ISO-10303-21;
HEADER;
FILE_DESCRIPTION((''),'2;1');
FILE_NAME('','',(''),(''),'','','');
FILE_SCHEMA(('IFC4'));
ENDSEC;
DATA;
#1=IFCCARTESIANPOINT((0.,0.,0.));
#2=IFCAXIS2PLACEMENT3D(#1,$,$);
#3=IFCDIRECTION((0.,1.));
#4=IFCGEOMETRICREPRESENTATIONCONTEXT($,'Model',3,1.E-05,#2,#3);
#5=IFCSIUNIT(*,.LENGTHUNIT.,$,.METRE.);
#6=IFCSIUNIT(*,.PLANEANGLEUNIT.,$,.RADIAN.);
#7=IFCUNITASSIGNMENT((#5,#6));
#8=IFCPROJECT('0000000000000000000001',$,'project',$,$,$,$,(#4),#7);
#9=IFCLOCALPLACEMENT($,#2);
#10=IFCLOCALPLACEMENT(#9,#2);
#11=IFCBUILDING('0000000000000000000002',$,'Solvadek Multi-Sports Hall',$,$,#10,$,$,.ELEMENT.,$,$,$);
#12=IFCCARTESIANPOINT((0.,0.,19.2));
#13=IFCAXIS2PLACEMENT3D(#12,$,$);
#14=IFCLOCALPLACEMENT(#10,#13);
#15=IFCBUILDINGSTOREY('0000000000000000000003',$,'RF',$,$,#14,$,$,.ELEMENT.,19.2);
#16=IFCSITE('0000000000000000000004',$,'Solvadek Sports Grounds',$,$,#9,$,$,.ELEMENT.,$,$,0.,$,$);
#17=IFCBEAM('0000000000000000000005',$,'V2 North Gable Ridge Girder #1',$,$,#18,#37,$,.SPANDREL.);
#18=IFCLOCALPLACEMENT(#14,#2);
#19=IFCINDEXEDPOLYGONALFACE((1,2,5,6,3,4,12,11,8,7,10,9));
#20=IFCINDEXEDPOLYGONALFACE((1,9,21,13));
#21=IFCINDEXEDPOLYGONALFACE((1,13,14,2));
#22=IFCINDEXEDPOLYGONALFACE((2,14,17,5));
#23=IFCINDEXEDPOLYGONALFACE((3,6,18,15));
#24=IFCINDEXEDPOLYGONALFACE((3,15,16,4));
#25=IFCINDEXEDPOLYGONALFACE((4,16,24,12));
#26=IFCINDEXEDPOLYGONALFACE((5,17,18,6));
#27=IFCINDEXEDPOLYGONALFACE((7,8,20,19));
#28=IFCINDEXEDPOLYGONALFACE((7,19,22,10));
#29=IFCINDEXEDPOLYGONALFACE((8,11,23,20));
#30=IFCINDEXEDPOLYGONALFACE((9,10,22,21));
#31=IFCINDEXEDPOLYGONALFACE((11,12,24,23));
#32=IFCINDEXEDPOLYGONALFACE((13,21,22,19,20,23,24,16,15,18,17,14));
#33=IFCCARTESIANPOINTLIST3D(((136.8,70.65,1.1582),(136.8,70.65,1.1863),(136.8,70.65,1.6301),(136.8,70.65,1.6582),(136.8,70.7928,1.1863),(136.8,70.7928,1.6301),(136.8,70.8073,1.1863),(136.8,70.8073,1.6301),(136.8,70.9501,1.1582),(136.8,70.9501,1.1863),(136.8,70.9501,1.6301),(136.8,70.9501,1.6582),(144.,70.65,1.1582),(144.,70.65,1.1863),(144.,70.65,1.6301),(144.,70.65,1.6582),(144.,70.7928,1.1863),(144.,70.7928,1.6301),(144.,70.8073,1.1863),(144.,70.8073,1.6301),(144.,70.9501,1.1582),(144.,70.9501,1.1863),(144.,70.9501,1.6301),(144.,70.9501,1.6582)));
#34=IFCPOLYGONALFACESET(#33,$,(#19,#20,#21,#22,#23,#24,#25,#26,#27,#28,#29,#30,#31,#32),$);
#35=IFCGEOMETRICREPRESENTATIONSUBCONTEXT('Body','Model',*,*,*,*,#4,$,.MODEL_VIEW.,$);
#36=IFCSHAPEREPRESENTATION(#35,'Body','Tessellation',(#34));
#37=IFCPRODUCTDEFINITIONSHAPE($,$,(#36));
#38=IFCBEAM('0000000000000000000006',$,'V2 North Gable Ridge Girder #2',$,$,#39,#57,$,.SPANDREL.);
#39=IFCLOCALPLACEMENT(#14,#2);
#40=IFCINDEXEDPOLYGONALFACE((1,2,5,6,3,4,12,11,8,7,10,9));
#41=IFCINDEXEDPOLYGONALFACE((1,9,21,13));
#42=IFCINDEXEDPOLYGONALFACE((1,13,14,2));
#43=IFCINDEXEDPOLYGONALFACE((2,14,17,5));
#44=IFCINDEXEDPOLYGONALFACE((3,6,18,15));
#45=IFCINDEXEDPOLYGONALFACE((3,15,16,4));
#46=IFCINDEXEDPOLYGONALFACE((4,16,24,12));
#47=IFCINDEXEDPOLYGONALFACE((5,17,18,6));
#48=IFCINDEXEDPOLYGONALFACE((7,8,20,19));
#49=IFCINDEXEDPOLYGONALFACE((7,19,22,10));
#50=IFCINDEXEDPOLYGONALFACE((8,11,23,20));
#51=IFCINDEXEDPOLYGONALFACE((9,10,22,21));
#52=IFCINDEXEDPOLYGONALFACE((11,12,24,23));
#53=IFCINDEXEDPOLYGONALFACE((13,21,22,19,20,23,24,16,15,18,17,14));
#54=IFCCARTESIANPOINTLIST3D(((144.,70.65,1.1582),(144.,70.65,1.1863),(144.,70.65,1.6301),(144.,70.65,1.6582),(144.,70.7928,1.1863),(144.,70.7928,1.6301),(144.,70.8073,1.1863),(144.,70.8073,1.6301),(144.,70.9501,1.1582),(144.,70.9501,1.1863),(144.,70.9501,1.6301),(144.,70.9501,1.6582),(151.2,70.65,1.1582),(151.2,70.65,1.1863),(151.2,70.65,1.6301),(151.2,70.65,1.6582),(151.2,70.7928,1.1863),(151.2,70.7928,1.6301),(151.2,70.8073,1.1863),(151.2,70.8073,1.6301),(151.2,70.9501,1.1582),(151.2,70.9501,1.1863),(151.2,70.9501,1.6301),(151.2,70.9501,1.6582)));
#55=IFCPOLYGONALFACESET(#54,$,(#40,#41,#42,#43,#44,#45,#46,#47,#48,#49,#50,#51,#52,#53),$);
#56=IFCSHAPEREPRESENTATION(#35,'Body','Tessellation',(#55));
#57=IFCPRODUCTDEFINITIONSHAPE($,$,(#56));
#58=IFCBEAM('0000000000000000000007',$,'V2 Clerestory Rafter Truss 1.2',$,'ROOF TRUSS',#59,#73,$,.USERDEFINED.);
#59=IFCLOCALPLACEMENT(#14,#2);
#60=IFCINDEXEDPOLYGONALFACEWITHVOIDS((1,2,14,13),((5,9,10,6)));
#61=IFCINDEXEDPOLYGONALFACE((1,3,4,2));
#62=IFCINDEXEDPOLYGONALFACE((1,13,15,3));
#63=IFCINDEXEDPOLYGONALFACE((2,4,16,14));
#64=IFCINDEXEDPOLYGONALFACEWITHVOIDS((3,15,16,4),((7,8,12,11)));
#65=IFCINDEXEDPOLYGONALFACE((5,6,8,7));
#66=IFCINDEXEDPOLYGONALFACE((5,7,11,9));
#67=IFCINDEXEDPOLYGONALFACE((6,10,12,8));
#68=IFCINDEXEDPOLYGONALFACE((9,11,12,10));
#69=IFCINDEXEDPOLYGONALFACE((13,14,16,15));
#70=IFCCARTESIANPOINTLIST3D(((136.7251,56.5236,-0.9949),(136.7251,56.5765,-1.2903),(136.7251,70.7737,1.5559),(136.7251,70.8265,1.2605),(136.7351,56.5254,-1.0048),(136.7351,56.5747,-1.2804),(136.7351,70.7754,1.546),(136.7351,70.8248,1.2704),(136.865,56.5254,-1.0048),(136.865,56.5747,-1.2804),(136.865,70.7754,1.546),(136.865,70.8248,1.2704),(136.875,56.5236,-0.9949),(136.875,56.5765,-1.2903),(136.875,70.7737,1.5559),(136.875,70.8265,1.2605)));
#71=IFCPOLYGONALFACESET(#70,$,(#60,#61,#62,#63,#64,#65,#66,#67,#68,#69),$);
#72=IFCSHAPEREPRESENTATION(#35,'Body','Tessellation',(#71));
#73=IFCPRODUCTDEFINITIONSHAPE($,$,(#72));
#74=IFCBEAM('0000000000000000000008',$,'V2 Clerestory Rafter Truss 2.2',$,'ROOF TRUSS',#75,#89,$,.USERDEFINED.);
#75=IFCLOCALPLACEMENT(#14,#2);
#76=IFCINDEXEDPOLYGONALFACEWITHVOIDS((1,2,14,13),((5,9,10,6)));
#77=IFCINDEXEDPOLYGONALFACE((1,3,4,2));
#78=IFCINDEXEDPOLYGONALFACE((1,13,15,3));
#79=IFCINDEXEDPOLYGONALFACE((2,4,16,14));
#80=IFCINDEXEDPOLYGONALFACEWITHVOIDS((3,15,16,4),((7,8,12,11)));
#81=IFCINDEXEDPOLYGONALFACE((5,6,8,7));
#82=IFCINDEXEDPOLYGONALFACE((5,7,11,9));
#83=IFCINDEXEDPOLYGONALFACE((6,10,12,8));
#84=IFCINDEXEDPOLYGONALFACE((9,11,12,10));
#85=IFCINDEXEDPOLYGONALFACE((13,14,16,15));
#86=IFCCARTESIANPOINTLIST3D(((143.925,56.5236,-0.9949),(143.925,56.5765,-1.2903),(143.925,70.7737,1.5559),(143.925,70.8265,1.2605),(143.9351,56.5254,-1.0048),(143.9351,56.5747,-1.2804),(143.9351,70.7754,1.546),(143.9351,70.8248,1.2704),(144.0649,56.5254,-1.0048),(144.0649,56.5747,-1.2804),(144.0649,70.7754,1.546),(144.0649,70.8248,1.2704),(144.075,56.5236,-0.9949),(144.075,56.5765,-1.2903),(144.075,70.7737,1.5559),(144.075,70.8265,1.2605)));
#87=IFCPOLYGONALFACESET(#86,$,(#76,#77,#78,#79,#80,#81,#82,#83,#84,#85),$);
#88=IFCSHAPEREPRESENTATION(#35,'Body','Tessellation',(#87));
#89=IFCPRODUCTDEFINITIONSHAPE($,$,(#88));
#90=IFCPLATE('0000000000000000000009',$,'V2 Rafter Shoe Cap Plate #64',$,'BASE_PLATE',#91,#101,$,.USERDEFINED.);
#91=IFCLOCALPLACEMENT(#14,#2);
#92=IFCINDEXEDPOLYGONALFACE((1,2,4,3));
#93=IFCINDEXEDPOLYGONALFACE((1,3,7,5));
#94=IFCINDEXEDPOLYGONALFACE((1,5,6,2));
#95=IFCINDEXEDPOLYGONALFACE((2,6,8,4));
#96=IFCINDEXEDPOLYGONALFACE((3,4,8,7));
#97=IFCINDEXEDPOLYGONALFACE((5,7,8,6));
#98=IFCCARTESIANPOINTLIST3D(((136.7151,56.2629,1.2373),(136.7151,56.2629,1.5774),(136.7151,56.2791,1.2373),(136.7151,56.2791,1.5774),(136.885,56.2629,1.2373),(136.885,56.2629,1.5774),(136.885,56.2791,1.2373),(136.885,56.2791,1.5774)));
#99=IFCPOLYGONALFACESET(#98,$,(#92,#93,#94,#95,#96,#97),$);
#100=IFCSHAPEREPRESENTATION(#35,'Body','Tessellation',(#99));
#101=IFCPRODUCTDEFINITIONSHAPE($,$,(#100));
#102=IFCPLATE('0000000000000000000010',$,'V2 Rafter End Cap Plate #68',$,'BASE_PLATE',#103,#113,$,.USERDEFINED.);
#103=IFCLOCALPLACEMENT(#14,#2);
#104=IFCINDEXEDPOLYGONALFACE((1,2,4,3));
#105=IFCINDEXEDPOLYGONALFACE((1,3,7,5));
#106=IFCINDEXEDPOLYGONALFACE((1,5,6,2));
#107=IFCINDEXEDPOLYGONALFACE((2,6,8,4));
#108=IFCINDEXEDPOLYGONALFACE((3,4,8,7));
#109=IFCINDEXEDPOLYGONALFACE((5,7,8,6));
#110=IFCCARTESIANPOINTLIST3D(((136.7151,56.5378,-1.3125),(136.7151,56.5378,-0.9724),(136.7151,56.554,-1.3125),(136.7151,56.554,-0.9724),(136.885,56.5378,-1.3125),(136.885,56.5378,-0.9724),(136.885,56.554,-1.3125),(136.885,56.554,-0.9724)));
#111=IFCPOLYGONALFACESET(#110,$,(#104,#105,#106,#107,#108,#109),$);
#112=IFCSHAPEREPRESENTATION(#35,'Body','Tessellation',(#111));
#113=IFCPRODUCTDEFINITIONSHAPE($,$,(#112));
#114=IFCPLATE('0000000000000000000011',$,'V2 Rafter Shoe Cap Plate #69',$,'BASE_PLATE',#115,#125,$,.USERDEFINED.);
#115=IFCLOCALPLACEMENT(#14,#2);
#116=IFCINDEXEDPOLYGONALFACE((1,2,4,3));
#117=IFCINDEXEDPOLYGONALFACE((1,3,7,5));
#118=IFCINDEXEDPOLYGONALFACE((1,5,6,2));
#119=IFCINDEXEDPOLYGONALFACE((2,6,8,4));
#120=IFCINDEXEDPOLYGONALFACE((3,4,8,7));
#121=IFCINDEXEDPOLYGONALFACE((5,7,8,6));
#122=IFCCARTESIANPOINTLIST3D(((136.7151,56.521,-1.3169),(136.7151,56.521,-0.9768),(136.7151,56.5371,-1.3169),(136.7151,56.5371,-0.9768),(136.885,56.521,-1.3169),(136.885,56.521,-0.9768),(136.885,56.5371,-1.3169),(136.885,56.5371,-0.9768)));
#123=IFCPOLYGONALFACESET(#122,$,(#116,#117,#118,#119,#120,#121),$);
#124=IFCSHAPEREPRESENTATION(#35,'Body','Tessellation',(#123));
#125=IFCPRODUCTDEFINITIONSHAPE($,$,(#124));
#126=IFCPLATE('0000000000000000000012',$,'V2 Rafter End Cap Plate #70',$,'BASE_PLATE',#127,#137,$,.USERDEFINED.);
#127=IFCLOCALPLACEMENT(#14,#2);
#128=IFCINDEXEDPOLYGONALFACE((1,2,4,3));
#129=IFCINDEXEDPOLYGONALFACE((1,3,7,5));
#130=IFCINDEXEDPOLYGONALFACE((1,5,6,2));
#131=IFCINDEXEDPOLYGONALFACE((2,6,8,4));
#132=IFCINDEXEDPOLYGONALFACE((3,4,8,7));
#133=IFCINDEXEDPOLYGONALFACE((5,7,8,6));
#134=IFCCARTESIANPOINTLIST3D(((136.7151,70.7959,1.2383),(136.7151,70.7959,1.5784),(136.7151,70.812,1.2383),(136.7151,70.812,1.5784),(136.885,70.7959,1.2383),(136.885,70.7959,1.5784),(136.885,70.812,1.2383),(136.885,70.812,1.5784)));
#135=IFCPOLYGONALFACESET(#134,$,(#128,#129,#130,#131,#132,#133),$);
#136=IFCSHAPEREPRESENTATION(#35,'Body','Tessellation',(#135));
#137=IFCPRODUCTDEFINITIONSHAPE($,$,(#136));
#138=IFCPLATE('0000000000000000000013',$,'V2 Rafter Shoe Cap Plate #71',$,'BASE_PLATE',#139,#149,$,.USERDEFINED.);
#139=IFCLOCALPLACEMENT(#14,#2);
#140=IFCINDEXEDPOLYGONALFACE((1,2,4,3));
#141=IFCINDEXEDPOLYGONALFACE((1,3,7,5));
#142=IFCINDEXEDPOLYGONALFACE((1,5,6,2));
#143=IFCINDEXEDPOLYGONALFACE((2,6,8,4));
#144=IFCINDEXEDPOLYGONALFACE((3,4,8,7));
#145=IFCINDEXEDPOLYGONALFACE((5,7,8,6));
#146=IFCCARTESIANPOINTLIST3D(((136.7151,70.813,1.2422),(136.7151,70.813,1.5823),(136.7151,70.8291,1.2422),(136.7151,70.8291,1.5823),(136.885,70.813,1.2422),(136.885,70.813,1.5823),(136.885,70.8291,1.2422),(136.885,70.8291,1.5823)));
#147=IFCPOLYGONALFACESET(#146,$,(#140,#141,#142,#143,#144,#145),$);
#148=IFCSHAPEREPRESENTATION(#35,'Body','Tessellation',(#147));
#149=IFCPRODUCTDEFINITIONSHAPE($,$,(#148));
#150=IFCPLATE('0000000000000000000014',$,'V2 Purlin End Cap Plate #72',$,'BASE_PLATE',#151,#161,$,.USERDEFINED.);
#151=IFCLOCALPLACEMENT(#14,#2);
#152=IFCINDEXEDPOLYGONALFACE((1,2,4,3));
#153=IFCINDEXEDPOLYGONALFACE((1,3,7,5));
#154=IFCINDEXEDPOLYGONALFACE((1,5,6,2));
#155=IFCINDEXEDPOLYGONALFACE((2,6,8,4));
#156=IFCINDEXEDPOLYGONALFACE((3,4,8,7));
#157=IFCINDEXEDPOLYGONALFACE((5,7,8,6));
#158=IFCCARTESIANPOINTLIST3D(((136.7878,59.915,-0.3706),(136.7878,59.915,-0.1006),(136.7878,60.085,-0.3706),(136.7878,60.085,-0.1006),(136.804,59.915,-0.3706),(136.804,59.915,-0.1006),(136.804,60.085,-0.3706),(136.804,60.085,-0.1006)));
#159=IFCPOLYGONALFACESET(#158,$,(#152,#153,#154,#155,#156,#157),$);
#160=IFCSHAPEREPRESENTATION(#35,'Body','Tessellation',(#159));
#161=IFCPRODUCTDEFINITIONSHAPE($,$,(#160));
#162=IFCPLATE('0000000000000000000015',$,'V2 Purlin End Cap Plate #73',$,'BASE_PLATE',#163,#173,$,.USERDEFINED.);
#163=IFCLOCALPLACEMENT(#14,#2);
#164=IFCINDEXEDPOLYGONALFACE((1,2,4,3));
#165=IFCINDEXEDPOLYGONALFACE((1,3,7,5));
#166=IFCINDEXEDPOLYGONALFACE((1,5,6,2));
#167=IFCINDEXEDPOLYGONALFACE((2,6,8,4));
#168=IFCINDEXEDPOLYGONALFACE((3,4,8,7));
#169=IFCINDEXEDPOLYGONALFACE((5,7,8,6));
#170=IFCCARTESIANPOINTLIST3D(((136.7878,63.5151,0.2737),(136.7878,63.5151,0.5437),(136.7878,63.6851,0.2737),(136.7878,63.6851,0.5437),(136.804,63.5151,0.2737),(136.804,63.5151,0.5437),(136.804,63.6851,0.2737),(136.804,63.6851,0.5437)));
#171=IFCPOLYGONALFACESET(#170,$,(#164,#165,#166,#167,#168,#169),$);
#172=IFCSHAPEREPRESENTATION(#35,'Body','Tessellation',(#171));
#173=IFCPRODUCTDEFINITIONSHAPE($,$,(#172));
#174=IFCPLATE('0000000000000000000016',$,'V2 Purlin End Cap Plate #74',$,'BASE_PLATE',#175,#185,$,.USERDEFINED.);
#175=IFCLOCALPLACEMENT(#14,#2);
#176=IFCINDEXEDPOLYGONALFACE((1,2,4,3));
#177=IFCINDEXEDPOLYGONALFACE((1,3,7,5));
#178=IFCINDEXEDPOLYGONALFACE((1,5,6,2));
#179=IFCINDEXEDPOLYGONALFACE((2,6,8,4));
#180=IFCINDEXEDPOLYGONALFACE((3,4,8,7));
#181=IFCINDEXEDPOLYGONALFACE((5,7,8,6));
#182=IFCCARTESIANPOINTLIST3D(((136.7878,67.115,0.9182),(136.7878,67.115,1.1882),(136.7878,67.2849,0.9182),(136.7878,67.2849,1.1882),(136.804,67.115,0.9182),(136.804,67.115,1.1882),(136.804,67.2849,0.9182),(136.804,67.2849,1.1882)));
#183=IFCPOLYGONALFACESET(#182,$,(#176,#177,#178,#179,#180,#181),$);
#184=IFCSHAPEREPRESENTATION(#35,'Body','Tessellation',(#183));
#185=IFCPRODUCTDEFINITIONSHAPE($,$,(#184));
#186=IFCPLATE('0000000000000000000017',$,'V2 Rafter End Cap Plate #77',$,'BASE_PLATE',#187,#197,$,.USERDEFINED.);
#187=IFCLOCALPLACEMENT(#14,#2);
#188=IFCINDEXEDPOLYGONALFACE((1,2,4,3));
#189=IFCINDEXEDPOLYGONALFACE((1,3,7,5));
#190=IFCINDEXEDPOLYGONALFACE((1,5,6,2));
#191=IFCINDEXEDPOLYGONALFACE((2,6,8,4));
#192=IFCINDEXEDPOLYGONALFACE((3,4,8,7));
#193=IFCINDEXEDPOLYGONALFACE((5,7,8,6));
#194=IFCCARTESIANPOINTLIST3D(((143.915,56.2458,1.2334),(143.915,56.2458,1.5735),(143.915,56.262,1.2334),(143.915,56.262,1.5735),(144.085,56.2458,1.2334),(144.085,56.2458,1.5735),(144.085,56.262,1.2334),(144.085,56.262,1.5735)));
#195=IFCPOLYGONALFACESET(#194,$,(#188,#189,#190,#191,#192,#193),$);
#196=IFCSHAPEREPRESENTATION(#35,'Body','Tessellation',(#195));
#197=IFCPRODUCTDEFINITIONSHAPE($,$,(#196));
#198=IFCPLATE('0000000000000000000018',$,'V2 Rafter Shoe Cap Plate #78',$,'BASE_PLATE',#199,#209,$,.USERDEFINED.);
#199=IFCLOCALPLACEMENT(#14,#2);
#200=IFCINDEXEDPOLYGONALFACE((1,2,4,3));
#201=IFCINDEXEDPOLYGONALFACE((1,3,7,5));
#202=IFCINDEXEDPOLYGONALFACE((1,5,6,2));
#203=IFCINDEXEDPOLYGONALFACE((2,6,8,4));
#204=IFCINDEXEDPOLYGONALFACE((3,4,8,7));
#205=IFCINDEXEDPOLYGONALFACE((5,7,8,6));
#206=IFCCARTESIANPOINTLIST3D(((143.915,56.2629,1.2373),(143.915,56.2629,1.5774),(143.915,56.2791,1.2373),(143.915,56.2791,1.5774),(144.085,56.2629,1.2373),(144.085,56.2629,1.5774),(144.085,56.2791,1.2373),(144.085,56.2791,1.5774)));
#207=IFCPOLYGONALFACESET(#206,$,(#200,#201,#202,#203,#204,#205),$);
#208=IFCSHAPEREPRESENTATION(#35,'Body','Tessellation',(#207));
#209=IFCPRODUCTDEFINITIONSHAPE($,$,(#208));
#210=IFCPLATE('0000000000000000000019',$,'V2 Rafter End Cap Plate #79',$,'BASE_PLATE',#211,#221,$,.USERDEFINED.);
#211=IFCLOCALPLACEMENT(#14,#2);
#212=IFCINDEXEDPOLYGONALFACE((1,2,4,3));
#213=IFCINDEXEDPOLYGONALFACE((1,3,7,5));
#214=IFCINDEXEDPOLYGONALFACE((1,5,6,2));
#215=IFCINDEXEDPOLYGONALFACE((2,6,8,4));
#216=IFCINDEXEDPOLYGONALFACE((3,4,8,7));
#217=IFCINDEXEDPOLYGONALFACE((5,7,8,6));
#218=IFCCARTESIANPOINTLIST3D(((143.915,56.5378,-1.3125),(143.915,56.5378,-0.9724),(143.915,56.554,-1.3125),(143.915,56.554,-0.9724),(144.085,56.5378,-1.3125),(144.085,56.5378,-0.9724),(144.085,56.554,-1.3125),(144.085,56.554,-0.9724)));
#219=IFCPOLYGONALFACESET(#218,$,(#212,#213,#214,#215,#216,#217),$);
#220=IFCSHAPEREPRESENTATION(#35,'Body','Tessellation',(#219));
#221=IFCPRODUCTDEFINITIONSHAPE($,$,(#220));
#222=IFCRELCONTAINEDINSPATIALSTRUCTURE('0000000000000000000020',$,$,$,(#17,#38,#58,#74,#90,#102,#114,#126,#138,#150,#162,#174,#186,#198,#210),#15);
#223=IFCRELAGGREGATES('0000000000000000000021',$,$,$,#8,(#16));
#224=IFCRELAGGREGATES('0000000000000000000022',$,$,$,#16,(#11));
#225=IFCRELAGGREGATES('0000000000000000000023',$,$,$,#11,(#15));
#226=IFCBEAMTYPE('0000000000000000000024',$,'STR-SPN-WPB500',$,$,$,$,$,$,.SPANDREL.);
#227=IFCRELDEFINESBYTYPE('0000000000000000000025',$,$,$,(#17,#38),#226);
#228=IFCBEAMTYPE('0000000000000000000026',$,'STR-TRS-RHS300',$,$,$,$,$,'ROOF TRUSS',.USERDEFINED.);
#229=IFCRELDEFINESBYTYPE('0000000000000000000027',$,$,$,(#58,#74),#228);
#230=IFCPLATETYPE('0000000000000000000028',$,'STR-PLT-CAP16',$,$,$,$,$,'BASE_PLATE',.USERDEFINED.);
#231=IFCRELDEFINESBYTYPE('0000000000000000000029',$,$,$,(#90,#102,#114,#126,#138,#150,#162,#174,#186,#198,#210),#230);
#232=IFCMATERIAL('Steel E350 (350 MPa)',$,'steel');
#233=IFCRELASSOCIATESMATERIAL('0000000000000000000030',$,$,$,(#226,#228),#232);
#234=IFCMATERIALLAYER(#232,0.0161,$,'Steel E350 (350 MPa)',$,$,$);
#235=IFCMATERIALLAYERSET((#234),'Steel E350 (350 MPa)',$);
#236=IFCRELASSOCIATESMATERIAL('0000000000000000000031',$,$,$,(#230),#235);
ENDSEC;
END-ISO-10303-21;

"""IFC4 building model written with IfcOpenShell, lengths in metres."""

from ifc_helpers import new_model, si_unit, direction, frame, origin, origin_2d, place, context, subcontext, project, spatial, rectangle, hollow_rectangle, i_section, extrude, material, layer, layer_set, material_profile, profile_set, type_object, element, save


model = new_model("IFC4")

# Units and contexts
model_context = context("Model", 3, precision=1e-05, world=origin(), true_north=direction((0.0, 1.0)))
body_context = subcontext(model_context, "Body", "Model", "MODEL_VIEW")
ifc_project = project(units=[si_unit("LENGTHUNIT", "METRE"), si_unit("PLANEANGLEUNIT", "RADIAN")], contexts=[model_context])

# Site, building, storey
site_placement = place(None, origin())
site = spatial("IfcSite", under=ifc_project, at=site_placement, Name="Solvadek Sports Grounds", CompositionType="ELEMENT", RefElevation=0.0)
building_placement = place(site_placement, origin())
building = spatial("IfcBuilding", under=site, at=building_placement, Name="Solvadek Multi-Sports Hall", CompositionType="ELEMENT")
storey_placement = place(building_placement, frame((0.0, 0.0, 19.2)))
storey = spatial("IfcBuildingStorey", under=building, at=storey_placement, Name="RF", CompositionType="ELEMENT", Elevation=19.2)

# Shared definitions
ifc_material_1 = material(Name="Steel E350 (350 MPa)", Category="steel")

# Beams
ifc_material_profile_1 = material_profile(ifc_material_1, i_section(OverallWidth=0.3, OverallDepth=0.5, WebThickness=0.0144, FlangeThickness=0.0281, at=origin_2d()), Name="WPB 500")
ifc_profile_set_1 = profile_set([ifc_material_profile_1], Name="Steel E350 (350 MPa)")
beam_type_1 = type_object("IfcBeamType", Name="STR-SPN-WPB500", PredefinedType="SPANDREL", material=ifc_profile_set_1)
for number, where, z_axis, x_axis, name in (
    (1, (136.8, 70.8, 1.4082), (1.0, 0.0, 0.0), (0.0, 1.0, 0.0), "V2 North Gable Ridge Girder #1"),
    (2, (144.0, 70.8, 1.4082), (1.0, 0.0, 0.0), (0.0, 1.0, 0.0), "V2 North Gable Ridge Girder #2"),
):
    element("IfcBeam", number, at=place(storey_placement, frame(where, z_axis=z_axis, x_axis=x_axis)), inside=storey, type_object=beam_type_1, Name=name, PredefinedType="SPANDREL", context=body_context, shape_type="SweptSolid", body=[
        extrude(i_section(OverallWidth=0.3, OverallDepth=0.5, WebThickness=0.0144, FlangeThickness=0.0281, at=origin_2d()), origin(), (0.0, 0.0, 1.0), 7.2),
    ])
ifc_material_profile_2 = material_profile(ifc_material_1, hollow_rectangle(XDim=0.1499, YDim=0.3, WallThickness=0.01, at=origin_2d()), Name="RHS 300x150x10")
ifc_profile_set_2 = profile_set([ifc_material_profile_2], Name="Steel E350 (350 MPa)")
beam_type_2 = type_object("IfcBeamType", Name="STR-TRS-RHS300", ElementType="ROOF TRUSS", PredefinedType="USERDEFINED", material=ifc_profile_set_2)
for number, where, z_axis, x_axis, name in (
    (3, (136.8, 56.55, -1.1426), (0.0, 0.984354, 0.176202), (-1.0, 0.0, 0.0), "V2 Clerestory Rafter Truss 1.2"),
    (4, (144.0, 56.55, -1.1426), (0.0, 0.984354, 0.176202), (-1.0, 0.0, 0.0), "V2 Clerestory Rafter Truss 2.2"),
):
    element("IfcBeam", number, at=place(storey_placement, frame(where, z_axis=z_axis, x_axis=x_axis)), inside=storey, type_object=beam_type_2, Name=name, ObjectType="ROOF TRUSS", PredefinedType="USERDEFINED", context=body_context, shape_type="SweptSolid", body=[
        extrude(hollow_rectangle(XDim=0.1499, YDim=0.3, WallThickness=0.01, at=origin_2d()), origin(), (0.0, 0.0, 1.0), 14.4766),
    ])

# Plates
ifc_layer_1 = layer(ifc_material_1, 0.0161, Name="Steel E350 (350 MPa)")
ifc_layer_set_1 = layer_set([ifc_layer_1], Name="Steel E350 (350 MPa)")
plate_type_1 = type_object("IfcPlateType", Name="STR-PLT-CAP16", ElementType="BASE_PLATE", PredefinedType="USERDEFINED", material=ifc_layer_set_1)
for number, where, z_axis, x_axis, name in (
    (5, (136.8, 56.271, 1.2373), (0.0, 0.0, 1.0), (1.0, 0.0, 0.0), "V2 Rafter Shoe Cap Plate #64"),
    (6, (136.8, 56.5459, -1.3125), (0.0, 0.0, 1.0), (1.0, 0.0, 0.0), "V2 Rafter End Cap Plate #68"),
    (7, (136.8, 56.5291, -1.3169), (0.0, 0.0, 1.0), (1.0, 0.0, 0.0), "V2 Rafter Shoe Cap Plate #69"),
    (8, (136.8, 70.804, 1.2383), (0.0, 0.0, 1.0), (1.0, 0.0, 0.0), "V2 Rafter End Cap Plate #70"),
    (9, (136.8, 70.821, 1.2422), (0.0, 0.0, 1.0), (1.0, 0.0, 0.0), "V2 Rafter Shoe Cap Plate #71"),
):
    element("IfcPlate", number, at=place(storey_placement, frame(where, z_axis=z_axis, x_axis=x_axis)), inside=storey, type_object=plate_type_1, Name=name, ObjectType="BASE_PLATE", PredefinedType="USERDEFINED", context=body_context, shape_type="SweptSolid", body=[
        extrude(rectangle(XDim=0.1699, YDim=0.0161, at=origin_2d()), origin(), (0.0, 0.0, 1.0), 0.3401),
    ])
for number, where, z_axis, x_axis, name in (
    (10, (136.7959, 60.0, -0.3706), (0.0, 0.0, 1.0), (1.0, 0.0, 0.0), "V2 Purlin End Cap Plate #72"),
    (11, (136.7959, 63.6001, 0.2737), (0.0, 0.0, 1.0), (1.0, 0.0, 0.0), "V2 Purlin End Cap Plate #73"),
    (12, (136.7959, 67.2, 0.9182), (0.0, 0.0, 1.0), (1.0, 0.0, 0.0), "V2 Purlin End Cap Plate #74"),
):
    element("IfcPlate", number, at=place(storey_placement, frame(where, z_axis=z_axis, x_axis=x_axis)), inside=storey, type_object=plate_type_1, Name=name, ObjectType="BASE_PLATE", PredefinedType="USERDEFINED", context=body_context, shape_type="SweptSolid", body=[
        extrude(rectangle(XDim=0.0161, YDim=0.1699, at=origin_2d()), origin(), (0.0, 0.0, 1.0), 0.27),
    ])
for number, where, z_axis, x_axis, name in (
    (13, (144.0, 56.2539, 1.2334), (0.0, 0.0, 1.0), (1.0, 0.0, 0.0), "V2 Rafter End Cap Plate #77"),
    (14, (144.0, 56.271, 1.2373), (0.0, 0.0, 1.0), (1.0, 0.0, 0.0), "V2 Rafter Shoe Cap Plate #78"),
    (15, (144.0, 56.5459, -1.3125), (0.0, 0.0, 1.0), (1.0, 0.0, 0.0), "V2 Rafter End Cap Plate #79"),
):
    element("IfcPlate", number, at=place(storey_placement, frame(where, z_axis=z_axis, x_axis=x_axis)), inside=storey, type_object=plate_type_1, Name=name, ObjectType="BASE_PLATE", PredefinedType="USERDEFINED", context=body_context, shape_type="SweptSolid", body=[
        extrude(rectangle(XDim=0.1699, YDim=0.0161, at=origin_2d()), origin(), (0.0, 0.0, 1.0), 0.3401),
    ])

save(model, "model.ifc")
